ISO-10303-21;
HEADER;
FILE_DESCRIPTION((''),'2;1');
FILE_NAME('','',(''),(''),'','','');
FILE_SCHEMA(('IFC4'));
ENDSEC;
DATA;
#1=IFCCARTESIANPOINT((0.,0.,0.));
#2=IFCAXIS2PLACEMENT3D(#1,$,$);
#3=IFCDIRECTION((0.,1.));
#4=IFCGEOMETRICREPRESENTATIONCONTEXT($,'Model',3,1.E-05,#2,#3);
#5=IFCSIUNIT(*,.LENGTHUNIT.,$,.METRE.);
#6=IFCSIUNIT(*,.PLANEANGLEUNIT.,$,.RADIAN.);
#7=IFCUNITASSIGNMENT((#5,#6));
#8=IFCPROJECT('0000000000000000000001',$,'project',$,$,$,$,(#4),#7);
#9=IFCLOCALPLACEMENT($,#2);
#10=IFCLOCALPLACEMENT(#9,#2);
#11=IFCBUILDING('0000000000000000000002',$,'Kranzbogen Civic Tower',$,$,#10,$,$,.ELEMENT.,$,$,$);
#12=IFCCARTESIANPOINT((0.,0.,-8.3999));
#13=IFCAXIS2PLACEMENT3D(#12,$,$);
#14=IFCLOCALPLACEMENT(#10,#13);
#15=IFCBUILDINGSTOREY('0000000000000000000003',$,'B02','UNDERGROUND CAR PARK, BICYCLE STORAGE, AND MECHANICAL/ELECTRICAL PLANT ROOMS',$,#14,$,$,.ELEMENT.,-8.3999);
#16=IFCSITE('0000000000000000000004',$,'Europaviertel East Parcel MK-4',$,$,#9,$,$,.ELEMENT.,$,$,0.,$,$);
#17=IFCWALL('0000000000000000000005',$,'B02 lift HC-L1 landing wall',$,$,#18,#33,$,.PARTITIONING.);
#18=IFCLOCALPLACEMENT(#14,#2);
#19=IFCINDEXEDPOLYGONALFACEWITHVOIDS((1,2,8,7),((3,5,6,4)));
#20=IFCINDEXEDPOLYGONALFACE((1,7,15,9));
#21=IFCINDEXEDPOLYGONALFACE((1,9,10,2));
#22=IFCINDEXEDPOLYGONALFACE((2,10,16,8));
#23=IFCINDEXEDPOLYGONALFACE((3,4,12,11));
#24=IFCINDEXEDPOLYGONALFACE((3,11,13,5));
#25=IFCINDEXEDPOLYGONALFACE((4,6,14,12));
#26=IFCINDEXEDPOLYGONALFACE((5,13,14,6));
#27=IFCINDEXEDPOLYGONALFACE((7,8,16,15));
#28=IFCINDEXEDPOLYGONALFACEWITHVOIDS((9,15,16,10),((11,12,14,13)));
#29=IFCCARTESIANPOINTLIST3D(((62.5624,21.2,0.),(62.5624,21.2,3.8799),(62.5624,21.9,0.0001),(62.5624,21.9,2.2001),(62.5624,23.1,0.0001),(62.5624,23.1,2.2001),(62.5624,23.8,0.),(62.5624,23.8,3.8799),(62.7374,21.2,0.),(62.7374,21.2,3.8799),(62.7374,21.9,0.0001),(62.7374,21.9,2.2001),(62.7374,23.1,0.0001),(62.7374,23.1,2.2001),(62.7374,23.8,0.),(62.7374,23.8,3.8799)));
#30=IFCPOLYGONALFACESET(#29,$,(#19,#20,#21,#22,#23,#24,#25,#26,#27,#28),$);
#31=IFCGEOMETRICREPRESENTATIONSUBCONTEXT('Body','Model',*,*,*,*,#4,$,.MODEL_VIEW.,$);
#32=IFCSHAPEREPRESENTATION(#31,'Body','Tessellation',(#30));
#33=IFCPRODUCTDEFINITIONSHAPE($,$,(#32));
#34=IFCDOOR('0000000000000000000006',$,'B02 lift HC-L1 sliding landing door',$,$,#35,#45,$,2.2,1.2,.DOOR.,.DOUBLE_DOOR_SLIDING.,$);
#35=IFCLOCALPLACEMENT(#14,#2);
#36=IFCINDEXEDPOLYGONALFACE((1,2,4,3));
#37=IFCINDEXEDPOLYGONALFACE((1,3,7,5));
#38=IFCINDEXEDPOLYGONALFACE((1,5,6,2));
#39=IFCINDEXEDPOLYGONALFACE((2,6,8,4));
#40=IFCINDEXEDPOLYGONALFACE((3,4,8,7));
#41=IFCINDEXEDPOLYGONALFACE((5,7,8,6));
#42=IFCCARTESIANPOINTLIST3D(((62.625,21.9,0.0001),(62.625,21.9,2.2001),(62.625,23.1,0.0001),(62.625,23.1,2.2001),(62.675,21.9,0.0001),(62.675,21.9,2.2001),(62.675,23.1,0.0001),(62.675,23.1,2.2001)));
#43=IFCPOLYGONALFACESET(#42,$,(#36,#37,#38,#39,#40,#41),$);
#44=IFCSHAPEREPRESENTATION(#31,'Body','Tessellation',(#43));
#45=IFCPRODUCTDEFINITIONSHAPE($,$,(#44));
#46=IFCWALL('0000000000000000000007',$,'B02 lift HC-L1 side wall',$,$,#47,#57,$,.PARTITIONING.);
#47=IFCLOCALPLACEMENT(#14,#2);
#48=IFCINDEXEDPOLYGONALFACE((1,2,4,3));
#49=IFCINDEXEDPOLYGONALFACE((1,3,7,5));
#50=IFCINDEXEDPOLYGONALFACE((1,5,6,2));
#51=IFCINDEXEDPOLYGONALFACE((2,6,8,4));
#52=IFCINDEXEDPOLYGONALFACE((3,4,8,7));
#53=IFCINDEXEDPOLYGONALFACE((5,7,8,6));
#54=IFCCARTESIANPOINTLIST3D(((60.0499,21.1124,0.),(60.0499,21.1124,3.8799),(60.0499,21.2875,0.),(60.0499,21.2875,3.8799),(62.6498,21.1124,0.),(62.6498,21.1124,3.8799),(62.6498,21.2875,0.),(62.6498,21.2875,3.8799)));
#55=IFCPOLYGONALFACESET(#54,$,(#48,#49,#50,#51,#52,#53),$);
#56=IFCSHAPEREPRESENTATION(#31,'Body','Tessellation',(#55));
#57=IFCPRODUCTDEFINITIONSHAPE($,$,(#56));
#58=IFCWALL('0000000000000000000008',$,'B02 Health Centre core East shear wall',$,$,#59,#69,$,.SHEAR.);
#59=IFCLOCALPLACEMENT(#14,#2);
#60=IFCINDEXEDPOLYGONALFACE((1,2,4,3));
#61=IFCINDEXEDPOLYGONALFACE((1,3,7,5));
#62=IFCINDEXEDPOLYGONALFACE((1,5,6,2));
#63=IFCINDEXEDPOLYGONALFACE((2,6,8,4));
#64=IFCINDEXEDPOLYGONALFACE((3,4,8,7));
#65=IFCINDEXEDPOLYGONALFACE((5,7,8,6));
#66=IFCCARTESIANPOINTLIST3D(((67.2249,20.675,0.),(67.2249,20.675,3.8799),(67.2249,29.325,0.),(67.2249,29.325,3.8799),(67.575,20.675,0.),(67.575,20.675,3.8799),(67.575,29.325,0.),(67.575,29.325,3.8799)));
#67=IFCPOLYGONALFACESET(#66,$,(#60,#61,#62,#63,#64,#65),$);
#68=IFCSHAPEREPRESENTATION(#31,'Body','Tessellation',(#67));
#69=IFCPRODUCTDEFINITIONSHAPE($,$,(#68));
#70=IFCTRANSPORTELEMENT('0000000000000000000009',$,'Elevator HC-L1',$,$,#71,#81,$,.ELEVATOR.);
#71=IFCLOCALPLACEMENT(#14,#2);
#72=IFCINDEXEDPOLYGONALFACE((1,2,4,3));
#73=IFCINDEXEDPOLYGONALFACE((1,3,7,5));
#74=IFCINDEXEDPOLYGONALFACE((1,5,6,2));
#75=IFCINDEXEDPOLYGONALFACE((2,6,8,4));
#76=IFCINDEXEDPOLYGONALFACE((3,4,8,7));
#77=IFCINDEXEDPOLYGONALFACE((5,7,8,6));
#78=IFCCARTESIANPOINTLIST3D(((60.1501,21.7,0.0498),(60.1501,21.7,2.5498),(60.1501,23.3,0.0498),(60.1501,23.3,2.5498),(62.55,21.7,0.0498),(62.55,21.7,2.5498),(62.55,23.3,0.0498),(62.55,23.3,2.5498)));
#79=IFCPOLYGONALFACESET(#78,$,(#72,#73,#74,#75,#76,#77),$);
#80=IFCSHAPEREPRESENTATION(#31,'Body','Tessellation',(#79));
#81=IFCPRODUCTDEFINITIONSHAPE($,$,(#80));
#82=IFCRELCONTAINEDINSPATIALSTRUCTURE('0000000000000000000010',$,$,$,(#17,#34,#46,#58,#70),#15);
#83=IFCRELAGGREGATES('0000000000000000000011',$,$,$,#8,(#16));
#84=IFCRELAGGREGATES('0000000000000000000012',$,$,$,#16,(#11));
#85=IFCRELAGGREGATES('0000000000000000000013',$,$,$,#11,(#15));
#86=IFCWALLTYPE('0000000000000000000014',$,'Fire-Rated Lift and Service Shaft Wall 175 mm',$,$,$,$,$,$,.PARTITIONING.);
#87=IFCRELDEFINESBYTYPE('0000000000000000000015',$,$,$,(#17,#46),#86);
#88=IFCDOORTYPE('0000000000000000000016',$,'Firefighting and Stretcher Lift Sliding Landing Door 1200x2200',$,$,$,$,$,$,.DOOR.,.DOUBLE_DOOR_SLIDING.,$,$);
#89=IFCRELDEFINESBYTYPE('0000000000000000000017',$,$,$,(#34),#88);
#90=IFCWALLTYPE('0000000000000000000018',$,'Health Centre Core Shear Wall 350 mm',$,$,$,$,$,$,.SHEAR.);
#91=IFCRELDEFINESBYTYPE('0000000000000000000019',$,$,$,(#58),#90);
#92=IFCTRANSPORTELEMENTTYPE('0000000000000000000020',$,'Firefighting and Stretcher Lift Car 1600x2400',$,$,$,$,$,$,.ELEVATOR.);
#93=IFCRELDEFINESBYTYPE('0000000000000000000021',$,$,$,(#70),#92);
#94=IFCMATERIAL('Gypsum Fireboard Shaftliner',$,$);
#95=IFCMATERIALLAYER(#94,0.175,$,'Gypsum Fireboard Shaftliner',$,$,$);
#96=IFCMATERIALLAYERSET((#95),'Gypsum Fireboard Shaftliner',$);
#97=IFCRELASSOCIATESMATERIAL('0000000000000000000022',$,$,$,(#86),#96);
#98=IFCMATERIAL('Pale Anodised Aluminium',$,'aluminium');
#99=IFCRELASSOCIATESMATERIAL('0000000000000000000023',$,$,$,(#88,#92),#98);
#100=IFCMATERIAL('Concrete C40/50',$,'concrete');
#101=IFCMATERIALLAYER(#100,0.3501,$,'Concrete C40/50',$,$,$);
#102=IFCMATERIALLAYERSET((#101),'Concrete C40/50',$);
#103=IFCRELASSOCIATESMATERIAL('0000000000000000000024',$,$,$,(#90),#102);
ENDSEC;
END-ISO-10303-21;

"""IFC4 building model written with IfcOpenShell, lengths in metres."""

from ifc_helpers import new_model, si_unit, direction, frame, frame_2d, origin, origin_2d, place, context, subcontext, project, spatial, rectangle, extrude, material, layer, layer_set, type_object, element, fill, save


model = new_model("IFC4")

# Units and contexts
model_context = context("Model", 3, precision=1e-05, world=origin(), true_north=direction((0.0, 1.0)))
body_context = subcontext(model_context, "Body", "Model", "MODEL_VIEW")
ifc_project = project(units=[si_unit("LENGTHUNIT", "METRE"), si_unit("PLANEANGLEUNIT", "RADIAN")], contexts=[model_context])

# Site, building, storey
site_placement = place(None, origin())
site = spatial("IfcSite", under=ifc_project, at=site_placement, Name="Europaviertel East Parcel MK-4", CompositionType="ELEMENT", RefElevation=0.0)
building_placement = place(site_placement, origin())
building = spatial("IfcBuilding", under=site, at=building_placement, Name="Kranzbogen Civic Tower", CompositionType="ELEMENT")
storey_placement = place(building_placement, frame((0.0, 0.0, -8.3999)))
storey = spatial("IfcBuildingStorey", under=building, at=storey_placement, Name="B02", Description="UNDERGROUND CAR PARK, BICYCLE STORAGE, AND MECHANICAL/ELECTRICAL PLANT ROOMS", CompositionType="ELEMENT", Elevation=-8.3999)

# Shared definitions
ifc_material_1 = material(Name="Concrete C40/50", Category="concrete")

# Wall, opening, door
ifc_material_2 = material(Name="Gypsum Fireboard Shaftliner")
ifc_layer_1 = layer(ifc_material_2, 0.175, Name="Gypsum Fireboard Shaftliner")
ifc_layer_set_1 = layer_set([ifc_layer_1], Name="Gypsum Fireboard Shaftliner")
wall_type_1 = type_object("IfcWallType", Name="Fire-Rated Lift and Service Shaft Wall 175 mm", PredefinedType="PARTITIONING", material=ifc_layer_set_1)
wall_1_placement = place(storey_placement, frame((62.6499, 21.2, 0.0), z_axis=(0.0, 0.0, 1.0), x_axis=(0.0, 1.0, 0.0)))
wall_1 = element("IfcWall", 1, at=wall_1_placement, inside=storey, type_object=wall_type_1, Name="B02 lift HC-L1 landing wall", PredefinedType="PARTITIONING", context=body_context, shape_type="SweptSolid", body=[
    extrude(rectangle(XDim=2.6001, YDim=0.175, at=frame_2d((1.3, 0.0))), origin(), (0.0, 0.0, 1.0), 3.8799),
])
opening_placement = place(wall_1_placement, frame((0.7, 0.0, 0.0)))
opening = element("IfcOpeningElement", 2, at=opening_placement, cuts=wall_1, PredefinedType="OPENING", context=body_context, shape_type="SweptSolid", body=[
    extrude(rectangle(XDim=1.2, YDim=2.2, at=frame_2d((0.6001, 1.1001))), frame((0.0, 0.0977, 0.0), z_axis=(0.0, -1.0, 0.0), x_axis=(1.0, 0.0, 0.0)), (0.0, 0.0, 1.0), 0.1951),
])
ifc_material_3 = material(Name="Pale Anodised Aluminium", Category="aluminium")
door_type = type_object("IfcDoorType", Name="Firefighting and Stretcher Lift Sliding Landing Door 1200x2200", OperationType="DOUBLE_DOOR_SLIDING", PredefinedType="DOOR", material=ifc_material_3)
door_placement = place(opening_placement, origin())
door = element("IfcDoor", 3, at=door_placement, inside=storey, type_object=door_type, Name="B02 lift HC-L1 sliding landing door", OperationType="DOUBLE_DOOR_SLIDING", OverallHeight=2.2, OverallWidth=1.2, PredefinedType="DOOR", context=body_context, shape_type="SweptSolid", body=[
    extrude(rectangle(XDim=1.2, YDim=2.2, at=frame_2d((0.6001, 1.1001))), frame((0.0, 0.0249, 0.0), z_axis=(0.0, -1.0, 0.0), x_axis=(1.0, 0.0, 0.0)), (0.0, 0.0, 1.0), 0.05),
])
fill(opening, door)

# Walls
wall_2_placement = place(storey_placement, frame((60.05, 21.2, 0.0), z_axis=(0.0, 0.0, 1.0), x_axis=(1.0, 0.0, 0.0)))
element("IfcWall", 4, at=wall_2_placement, inside=storey, type_object=wall_type_1, Name="B02 lift HC-L1 side wall", PredefinedType="PARTITIONING", context=body_context, shape_type="SweptSolid", body=[
    extrude(rectangle(XDim=2.5999, YDim=0.175, at=frame_2d((1.2998, 0.0))), origin(), (0.0, 0.0, 1.0), 3.8799),
])
ifc_layer_2 = layer(ifc_material_1, 0.3501, Name="Concrete C40/50")
ifc_layer_set_2 = layer_set([ifc_layer_2], Name="Concrete C40/50")
wall_type_2 = type_object("IfcWallType", Name="Health Centre Core Shear Wall 350 mm", PredefinedType="SHEAR", material=ifc_layer_set_2)
wall_3_placement = place(storey_placement, frame((67.3999, 20.675, 0.0), z_axis=(0.0, 0.0, 1.0), x_axis=(0.0, 1.0, 0.0)))
element("IfcWall", 5, at=wall_3_placement, inside=storey, type_object=wall_type_2, Name="B02 Health Centre core East shear wall", PredefinedType="SHEAR", context=body_context, shape_type="SweptSolid", body=[
    extrude(rectangle(XDim=8.6499, YDim=0.3501, at=frame_2d((4.325, 0.0))), origin(), (0.0, 0.0, 1.0), 3.8799),
])

# Transport element
transport_element_type = type_object("IfcTransportElementType", Name="Firefighting and Stretcher Lift Car 1600x2400", PredefinedType="ELEVATOR", material=ifc_material_3)
transport_element_placement = place(storey_placement, frame((61.3501, 22.5, 0.0498), z_axis=(0.0, 0.0, 1.0), x_axis=(1.0, 0.0, 0.0)))
element("IfcTransportElement", 6, at=transport_element_placement, inside=storey, type_object=transport_element_type, Name="Elevator HC-L1", PredefinedType="ELEVATOR", context=body_context, shape_type="SweptSolid", body=[
    extrude(rectangle(XDim=2.3999, YDim=1.6001, at=origin_2d()), origin(), (0.0, 0.0, 1.0), 2.5),
])

save(model, "model.ifc")
